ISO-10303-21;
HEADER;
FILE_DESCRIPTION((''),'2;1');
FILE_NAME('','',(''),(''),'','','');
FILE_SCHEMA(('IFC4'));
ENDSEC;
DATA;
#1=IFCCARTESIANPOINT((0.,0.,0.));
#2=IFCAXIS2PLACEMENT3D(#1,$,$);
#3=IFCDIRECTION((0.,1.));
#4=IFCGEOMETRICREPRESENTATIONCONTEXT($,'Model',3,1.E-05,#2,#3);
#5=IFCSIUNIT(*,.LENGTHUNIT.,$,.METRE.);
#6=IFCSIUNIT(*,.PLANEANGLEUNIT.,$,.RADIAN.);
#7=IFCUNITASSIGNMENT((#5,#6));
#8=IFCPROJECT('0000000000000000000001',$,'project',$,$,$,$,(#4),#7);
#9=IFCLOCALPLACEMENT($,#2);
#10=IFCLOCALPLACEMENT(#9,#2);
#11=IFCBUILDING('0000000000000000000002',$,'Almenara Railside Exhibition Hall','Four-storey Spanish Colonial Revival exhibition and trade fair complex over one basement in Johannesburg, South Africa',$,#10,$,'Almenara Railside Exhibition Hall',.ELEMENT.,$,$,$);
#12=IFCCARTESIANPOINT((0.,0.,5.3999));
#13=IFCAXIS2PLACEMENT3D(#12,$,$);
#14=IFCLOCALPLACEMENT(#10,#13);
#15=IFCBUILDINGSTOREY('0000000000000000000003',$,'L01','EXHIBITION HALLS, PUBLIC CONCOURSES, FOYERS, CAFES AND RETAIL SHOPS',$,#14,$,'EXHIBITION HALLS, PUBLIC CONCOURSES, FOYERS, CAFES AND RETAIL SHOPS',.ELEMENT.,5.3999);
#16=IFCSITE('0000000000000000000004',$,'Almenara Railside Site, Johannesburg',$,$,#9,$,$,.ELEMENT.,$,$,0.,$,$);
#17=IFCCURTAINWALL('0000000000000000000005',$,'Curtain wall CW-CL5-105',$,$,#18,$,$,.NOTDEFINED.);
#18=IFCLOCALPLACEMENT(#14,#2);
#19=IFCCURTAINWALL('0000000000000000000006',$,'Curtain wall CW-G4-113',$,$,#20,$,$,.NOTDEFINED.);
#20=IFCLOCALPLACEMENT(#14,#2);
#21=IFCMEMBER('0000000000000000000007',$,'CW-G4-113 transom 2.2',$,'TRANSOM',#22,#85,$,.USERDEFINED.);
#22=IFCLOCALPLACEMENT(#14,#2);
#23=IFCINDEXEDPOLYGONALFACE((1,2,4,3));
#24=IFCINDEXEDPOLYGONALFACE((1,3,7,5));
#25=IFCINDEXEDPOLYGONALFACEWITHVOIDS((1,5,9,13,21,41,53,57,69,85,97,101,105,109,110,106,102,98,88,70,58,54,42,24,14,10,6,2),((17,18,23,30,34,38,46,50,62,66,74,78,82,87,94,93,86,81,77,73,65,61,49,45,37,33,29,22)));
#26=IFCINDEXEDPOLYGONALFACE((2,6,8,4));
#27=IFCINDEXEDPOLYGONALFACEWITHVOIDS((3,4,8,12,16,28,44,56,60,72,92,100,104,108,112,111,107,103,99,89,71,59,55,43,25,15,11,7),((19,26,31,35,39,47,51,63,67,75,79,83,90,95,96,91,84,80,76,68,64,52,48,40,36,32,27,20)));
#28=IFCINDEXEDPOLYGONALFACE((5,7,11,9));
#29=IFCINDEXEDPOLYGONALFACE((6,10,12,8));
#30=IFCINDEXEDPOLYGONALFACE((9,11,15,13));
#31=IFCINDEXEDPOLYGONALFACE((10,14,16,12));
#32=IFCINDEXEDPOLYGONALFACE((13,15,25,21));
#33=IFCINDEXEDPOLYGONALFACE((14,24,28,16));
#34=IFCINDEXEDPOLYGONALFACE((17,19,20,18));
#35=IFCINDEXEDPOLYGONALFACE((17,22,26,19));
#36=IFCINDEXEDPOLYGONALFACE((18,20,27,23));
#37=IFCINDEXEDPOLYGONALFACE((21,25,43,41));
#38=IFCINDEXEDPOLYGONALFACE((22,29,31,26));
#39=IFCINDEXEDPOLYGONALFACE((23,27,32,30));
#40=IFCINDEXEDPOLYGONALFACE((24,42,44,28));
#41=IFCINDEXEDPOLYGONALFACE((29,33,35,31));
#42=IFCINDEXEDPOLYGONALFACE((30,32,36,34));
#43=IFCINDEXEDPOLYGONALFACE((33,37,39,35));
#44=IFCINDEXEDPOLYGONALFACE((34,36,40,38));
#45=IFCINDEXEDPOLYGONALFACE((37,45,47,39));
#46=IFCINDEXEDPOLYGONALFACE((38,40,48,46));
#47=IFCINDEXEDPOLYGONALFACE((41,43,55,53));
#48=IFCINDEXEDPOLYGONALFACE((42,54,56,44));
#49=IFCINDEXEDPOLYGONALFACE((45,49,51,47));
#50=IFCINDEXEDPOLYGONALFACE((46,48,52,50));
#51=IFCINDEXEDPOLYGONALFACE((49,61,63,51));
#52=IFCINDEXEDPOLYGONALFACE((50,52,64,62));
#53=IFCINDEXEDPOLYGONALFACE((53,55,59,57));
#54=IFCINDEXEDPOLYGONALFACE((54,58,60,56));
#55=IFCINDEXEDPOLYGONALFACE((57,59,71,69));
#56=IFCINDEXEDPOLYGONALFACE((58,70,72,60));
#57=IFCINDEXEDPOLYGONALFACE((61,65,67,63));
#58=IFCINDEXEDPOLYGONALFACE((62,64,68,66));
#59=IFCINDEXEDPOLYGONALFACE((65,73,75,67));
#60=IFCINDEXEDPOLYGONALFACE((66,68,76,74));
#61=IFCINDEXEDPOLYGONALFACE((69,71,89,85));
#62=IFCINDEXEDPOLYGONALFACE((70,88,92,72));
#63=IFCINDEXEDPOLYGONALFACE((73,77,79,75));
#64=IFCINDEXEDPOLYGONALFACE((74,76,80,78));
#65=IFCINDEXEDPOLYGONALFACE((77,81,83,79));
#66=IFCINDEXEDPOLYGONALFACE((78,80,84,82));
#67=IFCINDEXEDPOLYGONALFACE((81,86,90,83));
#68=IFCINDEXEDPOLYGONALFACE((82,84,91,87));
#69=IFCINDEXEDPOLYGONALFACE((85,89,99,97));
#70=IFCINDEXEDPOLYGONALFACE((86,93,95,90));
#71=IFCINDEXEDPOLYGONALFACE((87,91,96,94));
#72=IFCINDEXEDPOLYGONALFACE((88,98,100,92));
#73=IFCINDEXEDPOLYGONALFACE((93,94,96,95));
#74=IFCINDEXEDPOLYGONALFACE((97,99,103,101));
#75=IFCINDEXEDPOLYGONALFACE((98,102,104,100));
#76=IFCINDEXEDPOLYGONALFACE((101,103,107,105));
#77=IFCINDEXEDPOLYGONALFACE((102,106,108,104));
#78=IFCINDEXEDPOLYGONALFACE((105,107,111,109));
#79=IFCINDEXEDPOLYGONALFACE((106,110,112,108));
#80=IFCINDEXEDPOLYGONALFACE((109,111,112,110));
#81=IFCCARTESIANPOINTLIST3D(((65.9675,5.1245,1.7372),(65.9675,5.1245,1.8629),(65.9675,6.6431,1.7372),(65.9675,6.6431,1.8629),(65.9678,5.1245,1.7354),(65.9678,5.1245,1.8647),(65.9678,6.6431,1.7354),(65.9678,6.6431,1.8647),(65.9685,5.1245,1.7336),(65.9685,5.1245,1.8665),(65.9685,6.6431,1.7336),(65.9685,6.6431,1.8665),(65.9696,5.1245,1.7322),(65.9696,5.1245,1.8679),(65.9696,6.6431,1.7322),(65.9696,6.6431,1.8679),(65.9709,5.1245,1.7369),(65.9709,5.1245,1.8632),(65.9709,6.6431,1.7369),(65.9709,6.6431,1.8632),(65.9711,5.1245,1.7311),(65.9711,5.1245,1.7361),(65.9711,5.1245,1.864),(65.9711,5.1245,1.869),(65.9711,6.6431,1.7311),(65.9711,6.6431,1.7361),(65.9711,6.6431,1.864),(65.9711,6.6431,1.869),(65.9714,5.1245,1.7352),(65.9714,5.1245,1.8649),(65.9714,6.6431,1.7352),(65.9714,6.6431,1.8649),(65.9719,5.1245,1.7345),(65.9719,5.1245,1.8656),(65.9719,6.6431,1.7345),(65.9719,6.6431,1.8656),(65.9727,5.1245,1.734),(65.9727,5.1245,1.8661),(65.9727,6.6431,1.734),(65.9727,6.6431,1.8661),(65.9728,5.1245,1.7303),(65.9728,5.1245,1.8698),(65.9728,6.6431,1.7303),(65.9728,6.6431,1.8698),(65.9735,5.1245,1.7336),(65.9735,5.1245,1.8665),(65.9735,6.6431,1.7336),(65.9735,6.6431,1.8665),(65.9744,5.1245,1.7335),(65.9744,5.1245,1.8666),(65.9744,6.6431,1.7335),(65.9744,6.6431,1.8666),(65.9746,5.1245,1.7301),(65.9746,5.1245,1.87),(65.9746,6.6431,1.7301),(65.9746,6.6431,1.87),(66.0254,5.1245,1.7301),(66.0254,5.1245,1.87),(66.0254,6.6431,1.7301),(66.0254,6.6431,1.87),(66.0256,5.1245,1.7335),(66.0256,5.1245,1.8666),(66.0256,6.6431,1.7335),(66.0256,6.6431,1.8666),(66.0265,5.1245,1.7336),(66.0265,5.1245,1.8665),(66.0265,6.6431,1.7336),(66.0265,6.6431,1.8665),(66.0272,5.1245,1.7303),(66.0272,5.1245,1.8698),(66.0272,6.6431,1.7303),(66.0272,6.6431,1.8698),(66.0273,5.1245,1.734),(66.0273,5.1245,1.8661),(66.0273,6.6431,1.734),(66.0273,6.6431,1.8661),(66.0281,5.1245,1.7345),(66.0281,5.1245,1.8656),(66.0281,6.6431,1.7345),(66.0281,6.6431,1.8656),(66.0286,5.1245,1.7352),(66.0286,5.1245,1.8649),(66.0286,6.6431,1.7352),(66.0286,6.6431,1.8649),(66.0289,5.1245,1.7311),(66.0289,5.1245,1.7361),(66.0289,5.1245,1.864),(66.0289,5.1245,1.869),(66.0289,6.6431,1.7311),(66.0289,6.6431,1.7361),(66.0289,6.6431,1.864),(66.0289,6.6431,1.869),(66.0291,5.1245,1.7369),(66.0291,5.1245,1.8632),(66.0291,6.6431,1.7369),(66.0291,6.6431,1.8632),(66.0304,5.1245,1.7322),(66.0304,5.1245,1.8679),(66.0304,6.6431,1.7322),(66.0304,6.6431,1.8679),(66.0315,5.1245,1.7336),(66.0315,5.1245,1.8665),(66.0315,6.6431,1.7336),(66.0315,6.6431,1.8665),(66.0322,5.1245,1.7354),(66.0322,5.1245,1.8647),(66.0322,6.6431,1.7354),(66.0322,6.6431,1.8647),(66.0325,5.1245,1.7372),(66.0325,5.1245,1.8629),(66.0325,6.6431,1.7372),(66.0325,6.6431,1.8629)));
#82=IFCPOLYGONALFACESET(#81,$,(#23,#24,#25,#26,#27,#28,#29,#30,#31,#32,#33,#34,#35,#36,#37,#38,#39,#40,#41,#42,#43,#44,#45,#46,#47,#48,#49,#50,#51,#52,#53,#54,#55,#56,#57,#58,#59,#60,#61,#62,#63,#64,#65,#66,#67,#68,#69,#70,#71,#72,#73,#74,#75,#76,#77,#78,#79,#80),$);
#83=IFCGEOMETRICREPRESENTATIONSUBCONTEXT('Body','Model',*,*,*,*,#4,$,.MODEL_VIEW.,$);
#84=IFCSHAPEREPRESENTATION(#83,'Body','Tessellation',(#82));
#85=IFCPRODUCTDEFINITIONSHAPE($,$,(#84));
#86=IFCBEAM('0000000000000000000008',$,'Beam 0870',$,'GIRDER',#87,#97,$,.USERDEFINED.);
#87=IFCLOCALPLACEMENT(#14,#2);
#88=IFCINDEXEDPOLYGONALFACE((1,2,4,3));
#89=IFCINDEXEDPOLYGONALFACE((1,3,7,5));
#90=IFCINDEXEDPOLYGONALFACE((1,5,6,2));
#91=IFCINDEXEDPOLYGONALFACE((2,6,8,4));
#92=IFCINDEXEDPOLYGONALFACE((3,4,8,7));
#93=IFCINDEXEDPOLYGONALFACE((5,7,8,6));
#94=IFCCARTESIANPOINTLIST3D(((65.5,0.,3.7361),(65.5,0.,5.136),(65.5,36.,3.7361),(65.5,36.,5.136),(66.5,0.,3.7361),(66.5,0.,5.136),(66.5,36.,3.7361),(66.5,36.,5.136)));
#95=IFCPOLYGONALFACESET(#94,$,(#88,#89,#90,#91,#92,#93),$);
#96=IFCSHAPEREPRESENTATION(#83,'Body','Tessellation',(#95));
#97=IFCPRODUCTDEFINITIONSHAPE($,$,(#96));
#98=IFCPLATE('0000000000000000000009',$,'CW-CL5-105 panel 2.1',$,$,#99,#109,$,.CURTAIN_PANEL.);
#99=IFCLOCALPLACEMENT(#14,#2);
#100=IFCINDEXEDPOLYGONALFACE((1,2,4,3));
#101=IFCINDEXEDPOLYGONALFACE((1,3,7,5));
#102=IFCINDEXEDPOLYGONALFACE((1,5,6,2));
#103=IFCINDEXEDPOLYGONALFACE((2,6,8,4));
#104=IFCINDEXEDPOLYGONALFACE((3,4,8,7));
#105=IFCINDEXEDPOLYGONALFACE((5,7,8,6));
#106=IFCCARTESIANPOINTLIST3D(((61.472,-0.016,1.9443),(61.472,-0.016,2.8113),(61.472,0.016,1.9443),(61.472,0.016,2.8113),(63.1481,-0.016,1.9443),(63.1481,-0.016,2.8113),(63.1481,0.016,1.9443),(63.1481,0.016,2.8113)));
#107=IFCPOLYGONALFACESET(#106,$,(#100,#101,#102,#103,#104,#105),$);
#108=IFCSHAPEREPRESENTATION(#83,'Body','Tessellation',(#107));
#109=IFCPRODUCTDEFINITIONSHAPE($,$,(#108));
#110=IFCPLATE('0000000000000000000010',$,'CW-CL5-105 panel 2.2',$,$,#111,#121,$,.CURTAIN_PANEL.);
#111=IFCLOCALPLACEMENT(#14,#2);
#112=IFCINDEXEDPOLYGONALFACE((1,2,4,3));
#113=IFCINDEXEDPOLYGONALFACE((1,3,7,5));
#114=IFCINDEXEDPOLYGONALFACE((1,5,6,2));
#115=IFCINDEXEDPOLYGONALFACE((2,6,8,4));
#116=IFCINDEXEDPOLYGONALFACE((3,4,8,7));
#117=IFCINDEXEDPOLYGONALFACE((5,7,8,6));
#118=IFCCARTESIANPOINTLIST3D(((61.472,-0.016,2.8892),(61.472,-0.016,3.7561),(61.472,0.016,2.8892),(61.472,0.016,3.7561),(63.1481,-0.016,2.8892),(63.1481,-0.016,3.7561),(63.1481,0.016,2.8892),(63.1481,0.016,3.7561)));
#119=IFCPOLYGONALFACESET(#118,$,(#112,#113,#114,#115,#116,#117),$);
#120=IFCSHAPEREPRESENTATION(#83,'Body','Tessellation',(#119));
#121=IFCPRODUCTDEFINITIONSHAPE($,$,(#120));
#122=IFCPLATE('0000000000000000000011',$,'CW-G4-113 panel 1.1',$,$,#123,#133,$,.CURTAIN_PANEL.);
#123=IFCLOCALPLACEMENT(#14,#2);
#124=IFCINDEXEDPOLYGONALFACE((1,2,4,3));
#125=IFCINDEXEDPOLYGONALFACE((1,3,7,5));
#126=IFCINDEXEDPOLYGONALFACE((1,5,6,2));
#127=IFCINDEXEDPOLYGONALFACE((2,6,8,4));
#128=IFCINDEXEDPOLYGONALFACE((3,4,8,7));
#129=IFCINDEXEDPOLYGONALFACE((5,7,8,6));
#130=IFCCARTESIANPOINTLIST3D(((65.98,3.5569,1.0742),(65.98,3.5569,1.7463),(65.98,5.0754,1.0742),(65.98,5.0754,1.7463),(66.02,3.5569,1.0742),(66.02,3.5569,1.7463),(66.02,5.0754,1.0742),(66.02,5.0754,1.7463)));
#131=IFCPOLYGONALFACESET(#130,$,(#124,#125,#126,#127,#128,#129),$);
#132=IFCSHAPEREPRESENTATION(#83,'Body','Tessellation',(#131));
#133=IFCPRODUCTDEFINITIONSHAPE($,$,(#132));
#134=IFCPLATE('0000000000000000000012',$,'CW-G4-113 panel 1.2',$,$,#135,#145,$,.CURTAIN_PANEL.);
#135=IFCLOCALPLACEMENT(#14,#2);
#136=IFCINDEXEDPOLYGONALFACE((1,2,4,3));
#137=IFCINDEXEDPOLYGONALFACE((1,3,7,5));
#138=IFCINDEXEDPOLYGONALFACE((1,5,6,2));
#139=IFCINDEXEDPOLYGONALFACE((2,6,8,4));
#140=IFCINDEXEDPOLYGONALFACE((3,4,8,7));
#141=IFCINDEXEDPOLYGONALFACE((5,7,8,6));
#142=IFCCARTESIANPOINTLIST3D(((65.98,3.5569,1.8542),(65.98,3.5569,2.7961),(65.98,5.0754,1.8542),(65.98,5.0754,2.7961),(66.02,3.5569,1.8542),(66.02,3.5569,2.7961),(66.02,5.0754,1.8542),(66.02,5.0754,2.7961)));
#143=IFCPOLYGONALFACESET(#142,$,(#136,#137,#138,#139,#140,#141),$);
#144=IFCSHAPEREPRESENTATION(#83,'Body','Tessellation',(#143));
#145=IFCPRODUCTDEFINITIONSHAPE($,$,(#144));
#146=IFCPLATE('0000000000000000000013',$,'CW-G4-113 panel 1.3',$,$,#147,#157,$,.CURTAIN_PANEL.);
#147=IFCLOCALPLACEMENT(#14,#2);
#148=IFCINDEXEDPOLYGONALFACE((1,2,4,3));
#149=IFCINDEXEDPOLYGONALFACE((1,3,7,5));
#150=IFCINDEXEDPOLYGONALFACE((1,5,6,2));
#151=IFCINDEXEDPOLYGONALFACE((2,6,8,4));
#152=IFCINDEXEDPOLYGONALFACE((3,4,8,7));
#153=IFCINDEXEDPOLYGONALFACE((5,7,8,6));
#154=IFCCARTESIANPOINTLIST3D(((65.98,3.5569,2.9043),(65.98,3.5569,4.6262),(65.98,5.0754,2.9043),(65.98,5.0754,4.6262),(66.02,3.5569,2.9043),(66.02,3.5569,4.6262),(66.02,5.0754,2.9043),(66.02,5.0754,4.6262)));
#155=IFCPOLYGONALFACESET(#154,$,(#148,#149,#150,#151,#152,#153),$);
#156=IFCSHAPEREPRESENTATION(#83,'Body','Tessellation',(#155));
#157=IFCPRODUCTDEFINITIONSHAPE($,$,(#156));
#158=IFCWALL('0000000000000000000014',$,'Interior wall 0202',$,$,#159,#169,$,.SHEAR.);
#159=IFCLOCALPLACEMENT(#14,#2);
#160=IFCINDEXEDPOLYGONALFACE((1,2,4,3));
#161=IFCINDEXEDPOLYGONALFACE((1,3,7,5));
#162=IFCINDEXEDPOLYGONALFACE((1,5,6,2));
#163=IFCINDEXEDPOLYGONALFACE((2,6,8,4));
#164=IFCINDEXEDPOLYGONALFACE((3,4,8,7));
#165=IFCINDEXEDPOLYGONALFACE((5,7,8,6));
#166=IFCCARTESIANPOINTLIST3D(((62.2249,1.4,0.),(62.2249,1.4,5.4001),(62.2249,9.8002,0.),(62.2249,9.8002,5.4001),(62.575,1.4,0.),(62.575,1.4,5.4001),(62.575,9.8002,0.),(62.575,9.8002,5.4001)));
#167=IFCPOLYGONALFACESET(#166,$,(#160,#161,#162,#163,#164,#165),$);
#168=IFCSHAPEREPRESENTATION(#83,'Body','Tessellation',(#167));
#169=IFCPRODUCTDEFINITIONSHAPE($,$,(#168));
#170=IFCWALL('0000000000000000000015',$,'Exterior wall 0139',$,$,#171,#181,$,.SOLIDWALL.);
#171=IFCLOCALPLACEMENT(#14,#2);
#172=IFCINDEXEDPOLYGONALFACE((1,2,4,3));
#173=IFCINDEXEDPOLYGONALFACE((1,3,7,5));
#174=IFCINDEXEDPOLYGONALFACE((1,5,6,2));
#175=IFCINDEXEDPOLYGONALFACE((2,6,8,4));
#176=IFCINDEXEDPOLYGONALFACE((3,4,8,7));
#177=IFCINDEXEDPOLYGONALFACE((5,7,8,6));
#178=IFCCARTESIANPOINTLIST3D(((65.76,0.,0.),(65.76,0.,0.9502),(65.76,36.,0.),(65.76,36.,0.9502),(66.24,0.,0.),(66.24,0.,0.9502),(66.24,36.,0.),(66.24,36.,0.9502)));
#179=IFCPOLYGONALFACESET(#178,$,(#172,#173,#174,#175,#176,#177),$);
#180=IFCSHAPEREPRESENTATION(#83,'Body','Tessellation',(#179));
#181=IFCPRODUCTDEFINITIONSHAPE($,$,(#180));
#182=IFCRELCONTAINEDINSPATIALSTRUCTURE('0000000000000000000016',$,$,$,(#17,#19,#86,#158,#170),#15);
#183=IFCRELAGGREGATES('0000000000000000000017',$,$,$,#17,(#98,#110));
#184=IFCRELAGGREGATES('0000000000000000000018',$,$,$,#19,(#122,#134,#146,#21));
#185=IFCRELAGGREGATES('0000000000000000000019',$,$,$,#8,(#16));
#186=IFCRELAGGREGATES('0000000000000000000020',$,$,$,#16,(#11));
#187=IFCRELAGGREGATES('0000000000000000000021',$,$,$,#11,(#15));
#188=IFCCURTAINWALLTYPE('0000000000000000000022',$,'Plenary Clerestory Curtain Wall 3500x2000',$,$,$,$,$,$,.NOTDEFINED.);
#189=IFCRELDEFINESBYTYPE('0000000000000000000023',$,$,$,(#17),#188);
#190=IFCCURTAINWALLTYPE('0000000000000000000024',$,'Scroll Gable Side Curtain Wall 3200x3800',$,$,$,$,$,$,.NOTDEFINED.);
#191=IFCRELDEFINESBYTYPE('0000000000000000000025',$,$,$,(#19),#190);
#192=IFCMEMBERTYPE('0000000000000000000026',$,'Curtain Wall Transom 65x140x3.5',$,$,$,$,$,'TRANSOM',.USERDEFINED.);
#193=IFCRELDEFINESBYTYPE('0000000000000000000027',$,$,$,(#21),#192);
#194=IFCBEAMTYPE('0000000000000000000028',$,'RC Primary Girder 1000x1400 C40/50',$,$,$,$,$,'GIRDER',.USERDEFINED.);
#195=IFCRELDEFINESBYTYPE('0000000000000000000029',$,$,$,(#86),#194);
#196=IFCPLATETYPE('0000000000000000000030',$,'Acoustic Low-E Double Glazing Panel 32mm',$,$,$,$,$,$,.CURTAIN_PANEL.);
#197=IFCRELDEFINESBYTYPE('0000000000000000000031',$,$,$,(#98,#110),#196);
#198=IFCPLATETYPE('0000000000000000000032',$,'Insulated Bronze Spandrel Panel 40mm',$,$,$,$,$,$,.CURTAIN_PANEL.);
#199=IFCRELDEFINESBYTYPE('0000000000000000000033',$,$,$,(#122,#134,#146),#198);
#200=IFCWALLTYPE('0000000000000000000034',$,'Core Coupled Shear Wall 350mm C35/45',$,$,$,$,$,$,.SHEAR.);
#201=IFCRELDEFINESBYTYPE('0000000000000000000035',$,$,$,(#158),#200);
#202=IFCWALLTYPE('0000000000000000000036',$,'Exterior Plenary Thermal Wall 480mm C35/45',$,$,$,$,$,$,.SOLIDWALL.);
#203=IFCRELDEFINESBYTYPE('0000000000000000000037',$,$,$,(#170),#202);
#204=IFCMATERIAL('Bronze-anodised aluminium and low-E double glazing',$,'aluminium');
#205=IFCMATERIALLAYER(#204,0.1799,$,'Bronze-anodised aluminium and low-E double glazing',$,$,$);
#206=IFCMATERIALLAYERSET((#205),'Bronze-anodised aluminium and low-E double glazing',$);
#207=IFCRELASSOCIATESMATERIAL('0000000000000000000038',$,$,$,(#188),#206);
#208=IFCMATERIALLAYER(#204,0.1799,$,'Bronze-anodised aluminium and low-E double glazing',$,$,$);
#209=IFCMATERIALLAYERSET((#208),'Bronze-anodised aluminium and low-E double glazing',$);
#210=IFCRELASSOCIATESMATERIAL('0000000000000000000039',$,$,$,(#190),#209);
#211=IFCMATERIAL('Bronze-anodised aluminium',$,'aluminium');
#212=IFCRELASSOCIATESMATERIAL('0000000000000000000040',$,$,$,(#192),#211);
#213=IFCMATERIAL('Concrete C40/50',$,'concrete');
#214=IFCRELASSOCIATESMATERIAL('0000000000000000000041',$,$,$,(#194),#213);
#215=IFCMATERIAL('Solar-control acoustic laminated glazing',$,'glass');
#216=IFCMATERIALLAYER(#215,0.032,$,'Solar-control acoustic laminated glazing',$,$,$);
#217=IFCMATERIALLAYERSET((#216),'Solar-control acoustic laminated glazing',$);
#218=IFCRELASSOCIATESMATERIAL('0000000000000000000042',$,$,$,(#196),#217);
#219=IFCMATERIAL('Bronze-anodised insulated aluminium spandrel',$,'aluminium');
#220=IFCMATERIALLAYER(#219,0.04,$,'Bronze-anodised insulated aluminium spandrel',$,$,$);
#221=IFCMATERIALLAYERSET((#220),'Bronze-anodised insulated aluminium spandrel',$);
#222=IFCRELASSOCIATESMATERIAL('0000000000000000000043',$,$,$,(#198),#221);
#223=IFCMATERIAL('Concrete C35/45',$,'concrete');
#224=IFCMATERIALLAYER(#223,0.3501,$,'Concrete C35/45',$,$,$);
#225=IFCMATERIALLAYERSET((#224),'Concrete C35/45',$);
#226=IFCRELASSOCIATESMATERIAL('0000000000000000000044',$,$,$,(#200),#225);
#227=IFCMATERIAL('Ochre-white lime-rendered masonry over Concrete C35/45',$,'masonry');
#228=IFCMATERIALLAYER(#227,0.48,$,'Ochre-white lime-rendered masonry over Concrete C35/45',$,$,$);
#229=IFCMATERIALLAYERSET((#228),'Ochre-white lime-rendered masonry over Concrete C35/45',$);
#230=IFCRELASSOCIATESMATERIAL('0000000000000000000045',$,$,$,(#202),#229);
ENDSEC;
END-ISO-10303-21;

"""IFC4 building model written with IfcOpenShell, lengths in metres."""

from ifc_helpers import new_model, si_unit, direction, frame, frame_2d, origin, origin_2d, place, context, subcontext, project, spatial, rectangle, hollow_rectangle, extrude, material, layer, layer_set, material_profile, profile_set, type_object, element, aggregate, save


model = new_model("IFC4")

# Units and contexts
model_context = context("Model", 3, precision=1e-05, world=origin(), true_north=direction((0.0, 1.0)))
body_context = subcontext(model_context, "Body", "Model", "MODEL_VIEW")
ifc_project = project(units=[si_unit("LENGTHUNIT", "METRE"), si_unit("PLANEANGLEUNIT", "RADIAN")], contexts=[model_context])

# Site, building, storey
site_placement = place(None, origin())
site = spatial("IfcSite", under=ifc_project, at=site_placement, Name="Almenara Railside Site, Johannesburg", CompositionType="ELEMENT", RefElevation=0.0)
building_placement = place(site_placement, origin())
building = spatial("IfcBuilding", under=site, at=building_placement, Name="Almenara Railside Exhibition Hall", Description="Four-storey Spanish Colonial Revival exhibition and trade fair complex over one basement in Johannesburg, South Africa", LongName="Almenara Railside Exhibition Hall", CompositionType="ELEMENT")
storey_placement = place(building_placement, frame((0.0, 0.0, 5.3999)))
storey = spatial("IfcBuildingStorey", under=building, at=storey_placement, Name="L01", Description="EXHIBITION HALLS, PUBLIC CONCOURSES, FOYERS, CAFES AND RETAIL SHOPS", LongName="EXHIBITION HALLS, PUBLIC CONCOURSES, FOYERS, CAFES AND RETAIL SHOPS", CompositionType="ELEMENT", Elevation=5.3999)

# Shared definitions
ifc_material_1 = material(Name="Concrete C35/45", Category="concrete")

# Curtain walls
ifc_material_2 = material(Name="Bronze-anodised aluminium and low-E double glazing", Category="aluminium")
ifc_layer_1 = layer(ifc_material_2, 0.1799, Name="Bronze-anodised aluminium and low-E double glazing")
ifc_layer_set_1 = layer_set([ifc_layer_1], Name="Bronze-anodised aluminium and low-E double glazing")
curtain_wall_type_1 = type_object("IfcCurtainWallType", Name="Plenary Clerestory Curtain Wall 3500x2000", PredefinedType="NOTDEFINED", material=ifc_layer_set_1)
curtain_wall_1_placement = place(storey_placement, origin())
curtain_wall_1 = element("IfcCurtainWall", 1, at=curtain_wall_1_placement, inside=storey, type_object=curtain_wall_type_1, Name="Curtain wall CW-CL5-105", PredefinedType="NOTDEFINED")
ifc_material_3 = material(Name="Bronze-anodised aluminium", Category="aluminium")
ifc_layer_2 = layer(ifc_material_2, 0.1799, Name="Bronze-anodised aluminium and low-E double glazing")
ifc_layer_set_2 = layer_set([ifc_layer_2], Name="Bronze-anodised aluminium and low-E double glazing")
curtain_wall_type_2 = type_object("IfcCurtainWallType", Name="Scroll Gable Side Curtain Wall 3200x3800", PredefinedType="NOTDEFINED", material=ifc_layer_set_2)
curtain_wall_2_placement = place(storey_placement, origin())
curtain_wall_2 = element("IfcCurtainWall", 2, at=curtain_wall_2_placement, inside=storey, type_object=curtain_wall_type_2, Name="Curtain wall CW-G4-113", PredefinedType="NOTDEFINED")

# Member
ifc_material_profile_1 = material_profile(ifc_material_3, hollow_rectangle(XDim=0.0649, YDim=0.1399, WallThickness=0.0034, InnerFilletRadius=0.0034, OuterFilletRadius=0.0071, at=origin_2d()), Name="ALU-TRN 65x140x3.5")
ifc_profile_set_1 = profile_set([ifc_material_profile_1], Name="Bronze-anodised aluminium")
member_type_1 = type_object("IfcMemberType", Name="Curtain Wall Transom 65x140x3.5", ElementType="TRANSOM", PredefinedType="USERDEFINED", material=ifc_profile_set_1)
member_1_placement = place(storey_placement, frame((66.0, 5.1245, 1.8), z_axis=(0.0, 1.0, 0.0), x_axis=(-1.0, 0.0, 0.0)))
member_1 = element("IfcMember", 3, at=member_1_placement, type_object=member_type_1, Name="CW-G4-113 transom 2.2", ObjectType="TRANSOM", PredefinedType="USERDEFINED", context=body_context, shape_type="SweptSolid", body=[
    extrude(hollow_rectangle(XDim=0.0649, YDim=0.1399, WallThickness=0.0034, InnerFilletRadius=0.0034, OuterFilletRadius=0.0071, at=origin_2d()), origin(), (0.0, 0.0, 1.0), 1.5186),
])

# Beam
ifc_material_4 = material(Name="Concrete C40/50", Category="concrete")
ifc_material_profile_2 = material_profile(ifc_material_4, rectangle(XDim=1.0, YDim=1.3999, at=origin_2d()), Name="RC 1000x1400")
ifc_profile_set_2 = profile_set([ifc_material_profile_2], Name="Concrete C40/50")
beam_type = type_object("IfcBeamType", Name="RC Primary Girder 1000x1400 C40/50", ElementType="GIRDER", PredefinedType="USERDEFINED", material=ifc_profile_set_2)
beam_placement = place(storey_placement, frame((66.0, 0.0, 4.436), z_axis=(0.0, 1.0, 0.0), x_axis=(-1.0, 0.0, 0.0)))
element("IfcBeam", 4, at=beam_placement, inside=storey, type_object=beam_type, Name="Beam 0870", ObjectType="GIRDER", PredefinedType="USERDEFINED", context=body_context, shape_type="SweptSolid", body=[
    extrude(rectangle(XDim=1.0, YDim=1.3999, at=origin_2d()), origin(), (0.0, 0.0, 1.0), 36.0),
])

# Plates
ifc_material_5 = material(Name="Solar-control acoustic laminated glazing", Category="glass")
ifc_layer_3 = layer(ifc_material_5, 0.032, Name="Solar-control acoustic laminated glazing")
ifc_layer_set_3 = layer_set([ifc_layer_3], Name="Solar-control acoustic laminated glazing")
plate_type_1 = type_object("IfcPlateType", Name="Acoustic Low-E Double Glazing Panel 32mm", PredefinedType="CURTAIN_PANEL", material=ifc_layer_set_3)
plate_1_placement = place(storey_placement, frame((62.3101, 0.0, 1.9443), z_axis=(0.0, 0.0, 1.0), x_axis=(1.0, 0.0, 0.0)))
plate_1 = element("IfcPlate", 5, at=plate_1_placement, type_object=plate_type_1, Name="CW-CL5-105 panel 2.1", PredefinedType="CURTAIN_PANEL", context=body_context, shape_type="SweptSolid", body=[
    extrude(rectangle(XDim=1.676, YDim=0.032, at=origin_2d()), origin(), (0.0, 0.0, 1.0), 0.8669),
])
plate_2_placement = place(storey_placement, frame((62.3101, 0.0, 2.8892), z_axis=(0.0, 0.0, 1.0), x_axis=(1.0, 0.0, 0.0)))
plate_2 = element("IfcPlate", 6, at=plate_2_placement, type_object=plate_type_1, Name="CW-CL5-105 panel 2.2", PredefinedType="CURTAIN_PANEL", context=body_context, shape_type="SweptSolid", body=[
    extrude(rectangle(XDim=1.676, YDim=0.032, at=origin_2d()), origin(), (0.0, 0.0, 1.0), 0.8669),
])
aggregate(curtain_wall_1, [plate_1, plate_2])
ifc_material_6 = material(Name="Bronze-anodised insulated aluminium spandrel", Category="aluminium")
ifc_layer_4 = layer(ifc_material_6, 0.04, Name="Bronze-anodised insulated aluminium spandrel")
ifc_layer_set_4 = layer_set([ifc_layer_4], Name="Bronze-anodised insulated aluminium spandrel")
plate_type_2 = type_object("IfcPlateType", Name="Insulated Bronze Spandrel Panel 40mm", PredefinedType="CURTAIN_PANEL", material=ifc_layer_set_4)
plate_3_placement = place(storey_placement, frame((66.0, 4.3162, 1.0742), z_axis=(0.0, 0.0, 1.0), x_axis=(0.0, 1.0, 0.0)))
plate_3 = element("IfcPlate", 7, at=plate_3_placement, type_object=plate_type_2, Name="CW-G4-113 panel 1.1", PredefinedType="CURTAIN_PANEL", context=body_context, shape_type="SweptSolid", body=[
    extrude(rectangle(XDim=1.5186, YDim=0.04, at=origin_2d()), origin(), (0.0, 0.0, 1.0), 0.6721),
])
plate_4_placement = place(storey_placement, frame((66.0, 4.3162, 1.8542), z_axis=(0.0, 0.0, 1.0), x_axis=(0.0, 1.0, 0.0)))
plate_4 = element("IfcPlate", 8, at=plate_4_placement, type_object=plate_type_2, Name="CW-G4-113 panel 1.2", PredefinedType="CURTAIN_PANEL", context=body_context, shape_type="SweptSolid", body=[
    extrude(rectangle(XDim=1.5186, YDim=0.04, at=origin_2d()), origin(), (0.0, 0.0, 1.0), 0.9419),
])
plate_5_placement = place(storey_placement, frame((66.0, 4.3162, 2.9043), z_axis=(0.0, 0.0, 1.0), x_axis=(0.0, 1.0, 0.0)))
plate_5 = element("IfcPlate", 9, at=plate_5_placement, type_object=plate_type_2, Name="CW-G4-113 panel 1.3", PredefinedType="CURTAIN_PANEL", context=body_context, shape_type="SweptSolid", body=[
    extrude(rectangle(XDim=1.5186, YDim=0.04, at=origin_2d()), origin(), (0.0, 0.0, 1.0), 1.7219),
])
aggregate(curtain_wall_2, [plate_3, plate_4, plate_5, member_1])

# Walls
ifc_layer_5 = layer(ifc_material_1, 0.3501, Name="Concrete C35/45")
ifc_layer_set_5 = layer_set([ifc_layer_5], Name="Concrete C35/45")
wall_type_1 = type_object("IfcWallType", Name="Core Coupled Shear Wall 350mm C35/45", PredefinedType="SHEAR", material=ifc_layer_set_5)
wall_1_placement = place(storey_placement, frame((62.3999, 1.3999, 0.0), z_axis=(0.0, 0.0, 1.0), x_axis=(0.0, 1.0, 0.0)))
element("IfcWall", 10, at=wall_1_placement, inside=storey, type_object=wall_type_1, Name="Interior wall 0202", PredefinedType="SHEAR", context=body_context, shape_type="SweptSolid", body=[
    extrude(rectangle(XDim=8.4001, YDim=0.3501, at=frame_2d((4.2002, 0.0))), origin(), (0.0, 0.0, 1.0), 5.4001),
])
ifc_material_7 = material(Name="Ochre-white lime-rendered masonry over Concrete C35/45", Category="masonry")
ifc_layer_6 = layer(ifc_material_7, 0.48, Name="Ochre-white lime-rendered masonry over Concrete C35/45")
ifc_layer_set_6 = layer_set([ifc_layer_6], Name="Ochre-white lime-rendered masonry over Concrete C35/45")
wall_type_2 = type_object("IfcWallType", Name="Exterior Plenary Thermal Wall 480mm C35/45", PredefinedType="SOLIDWALL", material=ifc_layer_set_6)
wall_2_placement = place(storey_placement, frame((66.0, 0.0, 0.0), z_axis=(0.0, 0.0, 1.0), x_axis=(0.0, 1.0, 0.0)))
element("IfcWall", 11, at=wall_2_placement, inside=storey, type_object=wall_type_2, Name="Exterior wall 0139", PredefinedType="SOLIDWALL", context=body_context, shape_type="SweptSolid", body=[
    extrude(rectangle(XDim=36.0, YDim=0.48, at=frame_2d((18.0, 0.0))), origin(), (0.0, 0.0, 1.0), 0.9502),
])

save(model, "model.ifc")
